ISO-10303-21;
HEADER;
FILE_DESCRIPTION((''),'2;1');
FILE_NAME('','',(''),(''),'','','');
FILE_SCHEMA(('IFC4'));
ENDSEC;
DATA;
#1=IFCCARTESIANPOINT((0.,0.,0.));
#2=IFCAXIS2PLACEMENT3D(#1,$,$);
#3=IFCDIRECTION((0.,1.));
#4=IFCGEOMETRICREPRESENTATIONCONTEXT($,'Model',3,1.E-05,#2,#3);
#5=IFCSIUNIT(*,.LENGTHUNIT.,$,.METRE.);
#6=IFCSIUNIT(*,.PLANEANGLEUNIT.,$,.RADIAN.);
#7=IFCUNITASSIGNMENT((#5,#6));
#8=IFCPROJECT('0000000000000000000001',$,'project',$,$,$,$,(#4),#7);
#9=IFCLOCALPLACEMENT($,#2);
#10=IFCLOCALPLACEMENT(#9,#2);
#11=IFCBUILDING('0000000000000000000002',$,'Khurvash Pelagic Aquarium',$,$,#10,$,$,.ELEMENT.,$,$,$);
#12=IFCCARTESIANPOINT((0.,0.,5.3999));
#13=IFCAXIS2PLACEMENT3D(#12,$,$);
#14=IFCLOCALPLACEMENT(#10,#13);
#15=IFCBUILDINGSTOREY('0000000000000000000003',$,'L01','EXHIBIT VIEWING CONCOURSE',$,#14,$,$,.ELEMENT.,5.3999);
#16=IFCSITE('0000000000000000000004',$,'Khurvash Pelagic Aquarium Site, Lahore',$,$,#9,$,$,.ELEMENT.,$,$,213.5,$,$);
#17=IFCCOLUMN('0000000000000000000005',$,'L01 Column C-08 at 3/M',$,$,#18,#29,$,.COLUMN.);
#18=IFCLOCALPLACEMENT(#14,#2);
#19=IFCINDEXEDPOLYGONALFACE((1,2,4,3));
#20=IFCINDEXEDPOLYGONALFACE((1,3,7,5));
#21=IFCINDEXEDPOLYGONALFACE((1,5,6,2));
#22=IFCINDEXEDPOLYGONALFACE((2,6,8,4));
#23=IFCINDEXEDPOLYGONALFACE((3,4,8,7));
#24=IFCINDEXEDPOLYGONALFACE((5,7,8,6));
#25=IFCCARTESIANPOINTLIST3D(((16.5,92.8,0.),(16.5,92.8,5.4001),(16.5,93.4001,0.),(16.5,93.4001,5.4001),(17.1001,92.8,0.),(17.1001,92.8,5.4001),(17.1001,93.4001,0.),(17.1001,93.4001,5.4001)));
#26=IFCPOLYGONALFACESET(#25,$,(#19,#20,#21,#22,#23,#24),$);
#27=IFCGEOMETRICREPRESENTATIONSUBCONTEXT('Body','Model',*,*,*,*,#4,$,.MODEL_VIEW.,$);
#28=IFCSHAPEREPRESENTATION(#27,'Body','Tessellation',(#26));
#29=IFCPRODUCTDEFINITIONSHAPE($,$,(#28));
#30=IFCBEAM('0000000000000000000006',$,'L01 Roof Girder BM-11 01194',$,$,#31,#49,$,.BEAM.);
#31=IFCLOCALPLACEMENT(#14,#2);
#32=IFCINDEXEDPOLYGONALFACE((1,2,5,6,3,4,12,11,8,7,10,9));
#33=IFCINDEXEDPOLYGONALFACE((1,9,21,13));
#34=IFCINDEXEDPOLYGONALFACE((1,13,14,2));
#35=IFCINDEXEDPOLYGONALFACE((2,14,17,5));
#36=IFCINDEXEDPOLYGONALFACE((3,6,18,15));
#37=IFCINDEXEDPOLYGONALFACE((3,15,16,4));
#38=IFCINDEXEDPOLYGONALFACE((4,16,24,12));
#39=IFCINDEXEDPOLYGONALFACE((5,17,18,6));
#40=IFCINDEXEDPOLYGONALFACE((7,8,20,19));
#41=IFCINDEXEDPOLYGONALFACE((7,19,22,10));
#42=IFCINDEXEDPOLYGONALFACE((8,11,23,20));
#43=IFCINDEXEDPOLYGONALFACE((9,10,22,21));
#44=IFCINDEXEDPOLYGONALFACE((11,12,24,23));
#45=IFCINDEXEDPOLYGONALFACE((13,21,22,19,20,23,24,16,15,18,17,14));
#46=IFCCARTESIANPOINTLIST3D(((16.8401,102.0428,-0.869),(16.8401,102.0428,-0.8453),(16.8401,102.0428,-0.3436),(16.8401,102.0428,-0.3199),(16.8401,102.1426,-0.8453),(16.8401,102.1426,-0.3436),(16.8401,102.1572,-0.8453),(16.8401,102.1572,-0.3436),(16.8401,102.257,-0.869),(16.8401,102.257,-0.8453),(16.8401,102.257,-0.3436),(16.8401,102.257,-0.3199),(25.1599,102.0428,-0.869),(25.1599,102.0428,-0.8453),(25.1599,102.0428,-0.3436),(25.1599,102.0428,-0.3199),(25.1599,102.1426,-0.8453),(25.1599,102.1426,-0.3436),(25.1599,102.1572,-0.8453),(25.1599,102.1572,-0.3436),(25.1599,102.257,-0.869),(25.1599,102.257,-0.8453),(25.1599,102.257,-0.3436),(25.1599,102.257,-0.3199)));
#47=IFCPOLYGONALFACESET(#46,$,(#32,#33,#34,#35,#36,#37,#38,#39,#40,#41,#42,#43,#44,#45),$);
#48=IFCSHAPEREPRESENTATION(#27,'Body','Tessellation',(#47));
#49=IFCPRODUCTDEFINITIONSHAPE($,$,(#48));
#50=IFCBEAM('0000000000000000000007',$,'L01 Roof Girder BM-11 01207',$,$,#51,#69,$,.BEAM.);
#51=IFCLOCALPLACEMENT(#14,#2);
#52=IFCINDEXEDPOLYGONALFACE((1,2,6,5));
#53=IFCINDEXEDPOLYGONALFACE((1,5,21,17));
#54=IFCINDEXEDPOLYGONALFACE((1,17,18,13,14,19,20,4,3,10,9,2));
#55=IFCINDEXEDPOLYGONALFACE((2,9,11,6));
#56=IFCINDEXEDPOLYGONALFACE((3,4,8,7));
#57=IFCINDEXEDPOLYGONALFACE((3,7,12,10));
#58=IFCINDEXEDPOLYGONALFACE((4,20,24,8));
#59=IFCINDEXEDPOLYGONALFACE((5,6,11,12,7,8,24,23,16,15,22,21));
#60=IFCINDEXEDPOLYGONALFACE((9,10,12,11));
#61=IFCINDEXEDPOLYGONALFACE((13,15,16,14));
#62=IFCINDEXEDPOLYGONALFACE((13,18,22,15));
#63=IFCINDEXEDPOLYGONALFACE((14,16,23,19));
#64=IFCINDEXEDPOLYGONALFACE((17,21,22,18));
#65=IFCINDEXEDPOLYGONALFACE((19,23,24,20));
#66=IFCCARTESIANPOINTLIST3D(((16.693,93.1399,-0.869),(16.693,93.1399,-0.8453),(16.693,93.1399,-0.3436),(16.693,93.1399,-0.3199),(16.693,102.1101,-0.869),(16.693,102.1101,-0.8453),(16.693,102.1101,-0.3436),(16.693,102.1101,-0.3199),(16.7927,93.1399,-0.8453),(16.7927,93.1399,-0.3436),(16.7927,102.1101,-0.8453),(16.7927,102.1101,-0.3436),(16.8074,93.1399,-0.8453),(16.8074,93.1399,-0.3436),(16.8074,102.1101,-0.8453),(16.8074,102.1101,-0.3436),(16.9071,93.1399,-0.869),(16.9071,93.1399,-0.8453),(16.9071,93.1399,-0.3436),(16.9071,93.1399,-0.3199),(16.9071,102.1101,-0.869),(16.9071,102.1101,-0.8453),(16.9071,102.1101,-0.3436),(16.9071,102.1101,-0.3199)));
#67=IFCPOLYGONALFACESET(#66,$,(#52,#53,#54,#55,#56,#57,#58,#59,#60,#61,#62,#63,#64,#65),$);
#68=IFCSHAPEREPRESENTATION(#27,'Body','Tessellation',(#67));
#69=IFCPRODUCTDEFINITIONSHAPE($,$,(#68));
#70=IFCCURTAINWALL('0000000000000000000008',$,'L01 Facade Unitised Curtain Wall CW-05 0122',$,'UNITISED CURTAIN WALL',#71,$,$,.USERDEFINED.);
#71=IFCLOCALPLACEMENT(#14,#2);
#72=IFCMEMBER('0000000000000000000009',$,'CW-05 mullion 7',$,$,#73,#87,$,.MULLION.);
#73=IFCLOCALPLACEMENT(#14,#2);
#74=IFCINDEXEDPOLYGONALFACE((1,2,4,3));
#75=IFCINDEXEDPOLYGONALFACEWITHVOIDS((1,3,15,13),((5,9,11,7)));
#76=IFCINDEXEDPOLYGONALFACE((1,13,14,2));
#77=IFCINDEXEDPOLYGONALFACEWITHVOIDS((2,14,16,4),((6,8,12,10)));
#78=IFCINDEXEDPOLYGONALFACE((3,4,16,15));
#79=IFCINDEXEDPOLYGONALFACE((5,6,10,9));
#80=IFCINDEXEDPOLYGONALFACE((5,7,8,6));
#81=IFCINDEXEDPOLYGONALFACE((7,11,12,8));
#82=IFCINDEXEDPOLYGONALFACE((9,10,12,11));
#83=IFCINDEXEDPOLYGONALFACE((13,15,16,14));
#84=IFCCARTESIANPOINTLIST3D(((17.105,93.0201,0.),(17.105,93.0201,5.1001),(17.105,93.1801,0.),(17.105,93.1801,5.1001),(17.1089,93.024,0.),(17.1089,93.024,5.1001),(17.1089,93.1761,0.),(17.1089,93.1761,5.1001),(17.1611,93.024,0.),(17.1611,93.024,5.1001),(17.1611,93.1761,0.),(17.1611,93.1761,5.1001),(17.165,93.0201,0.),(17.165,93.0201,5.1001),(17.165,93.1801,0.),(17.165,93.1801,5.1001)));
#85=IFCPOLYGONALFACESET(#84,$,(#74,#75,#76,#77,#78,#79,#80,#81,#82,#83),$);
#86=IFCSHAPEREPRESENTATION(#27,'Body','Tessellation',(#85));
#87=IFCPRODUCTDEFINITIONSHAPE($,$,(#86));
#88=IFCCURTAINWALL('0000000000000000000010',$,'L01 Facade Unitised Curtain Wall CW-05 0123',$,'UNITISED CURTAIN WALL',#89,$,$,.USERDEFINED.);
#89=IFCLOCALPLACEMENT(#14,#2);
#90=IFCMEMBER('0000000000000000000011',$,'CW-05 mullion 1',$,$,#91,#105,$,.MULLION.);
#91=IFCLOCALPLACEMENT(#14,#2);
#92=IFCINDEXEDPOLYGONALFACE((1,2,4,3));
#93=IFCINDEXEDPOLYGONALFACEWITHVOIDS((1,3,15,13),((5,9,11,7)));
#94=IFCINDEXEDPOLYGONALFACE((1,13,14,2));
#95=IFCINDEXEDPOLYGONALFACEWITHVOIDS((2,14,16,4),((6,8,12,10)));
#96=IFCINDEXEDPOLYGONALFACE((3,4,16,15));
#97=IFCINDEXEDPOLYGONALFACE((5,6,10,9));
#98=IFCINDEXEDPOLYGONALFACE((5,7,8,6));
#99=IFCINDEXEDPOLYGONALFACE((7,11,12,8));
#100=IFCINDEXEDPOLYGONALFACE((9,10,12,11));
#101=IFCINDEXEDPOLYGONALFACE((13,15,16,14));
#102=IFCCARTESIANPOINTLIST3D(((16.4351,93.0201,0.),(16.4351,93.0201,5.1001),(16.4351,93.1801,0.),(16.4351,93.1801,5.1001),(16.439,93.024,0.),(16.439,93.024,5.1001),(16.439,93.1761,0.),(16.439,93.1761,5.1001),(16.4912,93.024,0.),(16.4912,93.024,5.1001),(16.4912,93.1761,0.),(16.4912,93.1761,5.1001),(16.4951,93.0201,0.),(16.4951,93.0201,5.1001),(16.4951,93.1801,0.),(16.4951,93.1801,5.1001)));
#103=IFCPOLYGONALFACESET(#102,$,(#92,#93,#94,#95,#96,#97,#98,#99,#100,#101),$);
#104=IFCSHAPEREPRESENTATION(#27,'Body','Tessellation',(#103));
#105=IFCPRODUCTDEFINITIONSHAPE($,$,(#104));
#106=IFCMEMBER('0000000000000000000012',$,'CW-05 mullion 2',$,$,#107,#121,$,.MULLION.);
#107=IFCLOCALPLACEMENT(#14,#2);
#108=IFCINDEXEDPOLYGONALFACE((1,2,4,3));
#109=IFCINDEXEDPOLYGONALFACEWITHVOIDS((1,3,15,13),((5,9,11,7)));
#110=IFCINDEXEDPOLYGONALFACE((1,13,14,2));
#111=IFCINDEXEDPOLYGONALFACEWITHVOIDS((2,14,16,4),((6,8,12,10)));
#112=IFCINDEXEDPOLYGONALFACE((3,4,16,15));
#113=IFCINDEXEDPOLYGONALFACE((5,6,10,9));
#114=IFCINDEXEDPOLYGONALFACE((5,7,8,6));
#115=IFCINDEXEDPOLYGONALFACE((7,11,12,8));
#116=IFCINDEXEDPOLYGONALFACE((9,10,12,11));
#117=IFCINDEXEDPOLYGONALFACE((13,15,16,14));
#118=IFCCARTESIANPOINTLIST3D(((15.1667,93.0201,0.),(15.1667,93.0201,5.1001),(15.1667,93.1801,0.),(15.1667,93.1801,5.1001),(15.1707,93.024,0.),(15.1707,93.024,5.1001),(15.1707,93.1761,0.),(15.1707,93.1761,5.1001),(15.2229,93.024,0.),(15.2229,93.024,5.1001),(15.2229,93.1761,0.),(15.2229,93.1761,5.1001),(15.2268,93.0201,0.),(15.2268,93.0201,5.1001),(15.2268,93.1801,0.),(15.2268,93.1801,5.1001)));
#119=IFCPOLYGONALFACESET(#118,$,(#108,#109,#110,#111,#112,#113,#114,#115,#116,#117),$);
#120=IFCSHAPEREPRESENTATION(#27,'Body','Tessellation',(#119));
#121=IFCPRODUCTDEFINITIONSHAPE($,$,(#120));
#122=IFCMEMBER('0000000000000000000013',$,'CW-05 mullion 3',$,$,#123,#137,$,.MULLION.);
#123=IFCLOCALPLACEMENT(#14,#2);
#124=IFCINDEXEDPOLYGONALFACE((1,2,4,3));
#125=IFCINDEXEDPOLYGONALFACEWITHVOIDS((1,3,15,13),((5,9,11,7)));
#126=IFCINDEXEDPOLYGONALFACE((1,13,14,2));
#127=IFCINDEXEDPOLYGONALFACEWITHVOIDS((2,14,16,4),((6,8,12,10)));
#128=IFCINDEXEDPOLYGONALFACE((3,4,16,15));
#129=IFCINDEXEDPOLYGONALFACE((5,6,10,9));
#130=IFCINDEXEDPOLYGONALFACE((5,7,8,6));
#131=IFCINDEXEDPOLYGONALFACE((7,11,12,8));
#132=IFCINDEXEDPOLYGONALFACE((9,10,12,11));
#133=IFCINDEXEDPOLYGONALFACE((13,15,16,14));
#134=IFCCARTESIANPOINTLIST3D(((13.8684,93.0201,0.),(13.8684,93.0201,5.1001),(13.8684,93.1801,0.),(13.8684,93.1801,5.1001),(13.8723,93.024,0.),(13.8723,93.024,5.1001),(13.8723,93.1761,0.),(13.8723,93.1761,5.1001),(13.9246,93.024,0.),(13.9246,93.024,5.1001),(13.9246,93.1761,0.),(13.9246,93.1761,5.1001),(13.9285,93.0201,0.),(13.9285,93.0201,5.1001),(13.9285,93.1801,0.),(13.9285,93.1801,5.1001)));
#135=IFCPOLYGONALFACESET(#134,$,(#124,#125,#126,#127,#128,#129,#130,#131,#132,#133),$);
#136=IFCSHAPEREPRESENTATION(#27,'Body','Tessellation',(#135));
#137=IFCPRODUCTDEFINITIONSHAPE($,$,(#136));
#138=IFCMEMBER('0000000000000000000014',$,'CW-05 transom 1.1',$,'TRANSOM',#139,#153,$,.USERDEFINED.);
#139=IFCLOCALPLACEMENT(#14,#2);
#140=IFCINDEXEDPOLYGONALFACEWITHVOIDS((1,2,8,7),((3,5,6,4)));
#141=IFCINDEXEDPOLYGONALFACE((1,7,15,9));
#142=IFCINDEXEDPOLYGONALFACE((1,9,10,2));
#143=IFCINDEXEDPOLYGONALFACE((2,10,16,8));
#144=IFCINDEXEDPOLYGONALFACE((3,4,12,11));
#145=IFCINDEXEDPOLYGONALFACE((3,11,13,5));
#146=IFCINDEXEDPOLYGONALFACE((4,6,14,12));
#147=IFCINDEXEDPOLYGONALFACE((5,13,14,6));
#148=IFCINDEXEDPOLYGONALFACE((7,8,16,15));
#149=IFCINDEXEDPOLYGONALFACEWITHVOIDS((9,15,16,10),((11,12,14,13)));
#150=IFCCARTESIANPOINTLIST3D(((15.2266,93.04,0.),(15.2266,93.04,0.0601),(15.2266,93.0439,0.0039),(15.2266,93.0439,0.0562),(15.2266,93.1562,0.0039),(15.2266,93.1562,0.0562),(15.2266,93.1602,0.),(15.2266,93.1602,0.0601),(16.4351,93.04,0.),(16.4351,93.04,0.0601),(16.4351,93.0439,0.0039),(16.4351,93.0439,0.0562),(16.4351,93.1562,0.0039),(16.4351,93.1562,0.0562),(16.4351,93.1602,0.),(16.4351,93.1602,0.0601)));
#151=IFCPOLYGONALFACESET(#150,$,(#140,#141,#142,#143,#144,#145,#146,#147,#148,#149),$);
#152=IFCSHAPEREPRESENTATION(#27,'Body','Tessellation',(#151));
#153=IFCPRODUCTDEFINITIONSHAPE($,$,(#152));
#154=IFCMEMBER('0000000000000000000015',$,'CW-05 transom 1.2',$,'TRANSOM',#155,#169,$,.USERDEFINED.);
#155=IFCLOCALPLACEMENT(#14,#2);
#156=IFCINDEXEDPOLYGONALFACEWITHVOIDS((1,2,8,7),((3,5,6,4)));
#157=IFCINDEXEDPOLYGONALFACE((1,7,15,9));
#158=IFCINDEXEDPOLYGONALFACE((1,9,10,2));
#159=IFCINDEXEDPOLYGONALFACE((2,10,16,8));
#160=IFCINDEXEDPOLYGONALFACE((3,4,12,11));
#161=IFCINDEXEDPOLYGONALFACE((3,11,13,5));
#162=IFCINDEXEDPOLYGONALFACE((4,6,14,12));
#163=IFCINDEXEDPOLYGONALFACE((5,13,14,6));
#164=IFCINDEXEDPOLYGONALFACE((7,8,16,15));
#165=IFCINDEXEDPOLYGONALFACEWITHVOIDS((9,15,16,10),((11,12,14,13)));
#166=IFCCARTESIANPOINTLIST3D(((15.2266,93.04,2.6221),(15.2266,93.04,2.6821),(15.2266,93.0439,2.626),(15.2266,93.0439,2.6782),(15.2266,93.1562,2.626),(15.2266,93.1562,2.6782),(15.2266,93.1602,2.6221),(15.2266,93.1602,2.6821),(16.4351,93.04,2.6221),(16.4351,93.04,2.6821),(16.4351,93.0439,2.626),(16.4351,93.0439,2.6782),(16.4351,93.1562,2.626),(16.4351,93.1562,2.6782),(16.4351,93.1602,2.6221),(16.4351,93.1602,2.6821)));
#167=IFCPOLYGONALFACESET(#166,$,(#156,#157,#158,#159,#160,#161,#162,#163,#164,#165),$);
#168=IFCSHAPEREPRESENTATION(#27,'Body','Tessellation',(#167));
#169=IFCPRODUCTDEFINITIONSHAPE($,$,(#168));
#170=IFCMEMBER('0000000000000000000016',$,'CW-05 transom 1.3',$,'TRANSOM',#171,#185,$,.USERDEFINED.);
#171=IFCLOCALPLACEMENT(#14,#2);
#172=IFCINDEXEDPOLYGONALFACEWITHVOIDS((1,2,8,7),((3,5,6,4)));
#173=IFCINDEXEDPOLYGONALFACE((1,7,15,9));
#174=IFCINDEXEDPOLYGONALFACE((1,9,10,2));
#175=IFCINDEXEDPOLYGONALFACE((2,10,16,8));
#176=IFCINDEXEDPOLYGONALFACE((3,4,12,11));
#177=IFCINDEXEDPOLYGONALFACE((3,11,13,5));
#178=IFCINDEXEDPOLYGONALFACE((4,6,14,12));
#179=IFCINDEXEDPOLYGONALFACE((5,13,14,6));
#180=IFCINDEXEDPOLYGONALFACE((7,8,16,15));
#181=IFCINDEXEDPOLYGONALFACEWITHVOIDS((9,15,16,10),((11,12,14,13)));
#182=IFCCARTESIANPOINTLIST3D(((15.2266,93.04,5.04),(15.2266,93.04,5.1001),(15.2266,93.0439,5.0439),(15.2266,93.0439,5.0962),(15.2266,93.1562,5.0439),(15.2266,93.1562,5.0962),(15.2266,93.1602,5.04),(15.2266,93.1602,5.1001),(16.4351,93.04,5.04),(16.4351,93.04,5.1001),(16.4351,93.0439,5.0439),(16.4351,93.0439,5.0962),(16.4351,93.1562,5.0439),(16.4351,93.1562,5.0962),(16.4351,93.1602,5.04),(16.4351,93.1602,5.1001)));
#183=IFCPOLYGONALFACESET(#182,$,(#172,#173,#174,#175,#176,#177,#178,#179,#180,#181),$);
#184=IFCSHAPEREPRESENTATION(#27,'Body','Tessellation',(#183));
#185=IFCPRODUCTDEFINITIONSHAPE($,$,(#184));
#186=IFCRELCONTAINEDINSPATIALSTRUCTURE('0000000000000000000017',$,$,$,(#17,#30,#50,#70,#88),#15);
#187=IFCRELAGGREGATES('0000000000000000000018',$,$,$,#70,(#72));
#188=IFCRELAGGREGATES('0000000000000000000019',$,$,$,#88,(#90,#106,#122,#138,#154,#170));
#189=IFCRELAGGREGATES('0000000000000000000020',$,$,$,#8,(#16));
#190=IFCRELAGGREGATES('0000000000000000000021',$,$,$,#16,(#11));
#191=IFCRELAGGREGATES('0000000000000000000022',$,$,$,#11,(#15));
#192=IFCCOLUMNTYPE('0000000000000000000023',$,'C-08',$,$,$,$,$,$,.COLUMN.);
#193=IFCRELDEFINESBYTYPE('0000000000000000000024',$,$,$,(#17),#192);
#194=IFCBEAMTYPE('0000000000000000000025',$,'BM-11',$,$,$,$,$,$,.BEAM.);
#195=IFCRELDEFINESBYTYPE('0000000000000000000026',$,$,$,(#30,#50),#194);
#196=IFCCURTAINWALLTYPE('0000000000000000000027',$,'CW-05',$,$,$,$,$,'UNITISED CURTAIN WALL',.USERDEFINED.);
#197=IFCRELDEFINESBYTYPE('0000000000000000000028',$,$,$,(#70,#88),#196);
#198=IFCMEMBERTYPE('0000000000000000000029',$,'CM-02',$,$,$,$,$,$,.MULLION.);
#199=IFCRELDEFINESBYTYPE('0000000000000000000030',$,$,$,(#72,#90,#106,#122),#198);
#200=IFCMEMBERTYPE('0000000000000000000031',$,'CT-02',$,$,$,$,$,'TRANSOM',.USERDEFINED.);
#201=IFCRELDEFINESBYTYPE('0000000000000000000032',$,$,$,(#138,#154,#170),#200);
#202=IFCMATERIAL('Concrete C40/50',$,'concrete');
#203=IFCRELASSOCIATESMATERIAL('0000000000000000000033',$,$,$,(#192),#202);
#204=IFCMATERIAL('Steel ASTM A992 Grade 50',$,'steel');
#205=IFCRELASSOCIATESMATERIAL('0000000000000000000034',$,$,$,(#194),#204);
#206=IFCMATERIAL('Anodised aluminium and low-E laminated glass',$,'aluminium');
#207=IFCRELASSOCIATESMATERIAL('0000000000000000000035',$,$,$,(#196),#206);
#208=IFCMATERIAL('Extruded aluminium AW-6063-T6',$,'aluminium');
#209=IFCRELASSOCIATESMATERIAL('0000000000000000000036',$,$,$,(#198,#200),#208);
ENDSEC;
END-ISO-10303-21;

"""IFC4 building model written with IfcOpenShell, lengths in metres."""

from ifc_helpers import new_model, si_unit, direction, frame, origin, origin_2d, place, context, subcontext, project, spatial, rectangle, hollow_rectangle, i_section, extrude, material, material_profile, profile_set, type_object, element, aggregate, save


model = new_model("IFC4")

# Units and contexts
model_context = context("Model", 3, precision=1e-05, world=origin(), true_north=direction((0.0, 1.0)))
body_context = subcontext(model_context, "Body", "Model", "MODEL_VIEW")
ifc_project = project(units=[si_unit("LENGTHUNIT", "METRE"), si_unit("PLANEANGLEUNIT", "RADIAN")], contexts=[model_context])

# Site, building, storey
site_placement = place(None, origin())
site = spatial("IfcSite", under=ifc_project, at=site_placement, Name="Khurvash Pelagic Aquarium Site, Lahore", CompositionType="ELEMENT", RefElevation=213.5)
building_placement = place(site_placement, origin())
building = spatial("IfcBuilding", under=site, at=building_placement, Name="Khurvash Pelagic Aquarium", CompositionType="ELEMENT")
storey_placement = place(building_placement, frame((0.0, 0.0, 5.3999)))
storey = spatial("IfcBuildingStorey", under=building, at=storey_placement, Name="L01", Description="EXHIBIT VIEWING CONCOURSE", CompositionType="ELEMENT", Elevation=5.3999)

# Column
ifc_material_1 = material(Name="Concrete C40/50", Category="concrete")
ifc_material_profile_1 = material_profile(ifc_material_1, rectangle(XDim=0.6001, YDim=0.6001, at=origin_2d()), Name="RC600X600")
ifc_profile_set_1 = profile_set([ifc_material_profile_1], Name="Concrete C40/50")
column_type = type_object("IfcColumnType", Name="C-08", PredefinedType="COLUMN", material=ifc_profile_set_1)
column_placement = place(storey_placement, frame((16.8, 93.1001, 0.0), z_axis=(0.0, 0.0, 1.0), x_axis=(1.0, 0.0, 0.0)))
element("IfcColumn", 1, at=column_placement, inside=storey, type_object=column_type, Name="L01 Column C-08 at 3/M", PredefinedType="COLUMN", context=body_context, shape_type="SweptSolid", body=[
    extrude(rectangle(XDim=0.6001, YDim=0.6001, at=origin_2d()), origin(), (0.0, 0.0, 1.0), 5.4001),
])

# Beams
ifc_material_2 = material(Name="Steel ASTM A992 Grade 50", Category="steel")
ifc_material_profile_2 = material_profile(ifc_material_2, i_section(OverallWidth=0.2141, OverallDepth=0.5491, WebThickness=0.0146, FlangeThickness=0.0237, at=origin_2d()), Name="W21X93")
ifc_profile_set_2 = profile_set([ifc_material_profile_2], Name="Steel ASTM A992 Grade 50")
beam_type_1 = type_object("IfcBeamType", Name="BM-11", PredefinedType="BEAM", material=ifc_profile_set_2)
beam_1_placement = place(storey_placement, frame((16.8401, 102.1499, -0.5945), z_axis=(1.0, 0.0, 0.0), x_axis=(0.0, 1.0, 0.0)))
element("IfcBeam", 2, at=beam_1_placement, inside=storey, type_object=beam_type_1, Name="L01 Roof Girder BM-11 01194", PredefinedType="BEAM", context=body_context, shape_type="SweptSolid", body=[
    extrude(i_section(OverallWidth=0.2141, OverallDepth=0.5491, WebThickness=0.0146, FlangeThickness=0.0237, at=origin_2d()), origin(), (0.0, 0.0, 1.0), 8.3198),
])
beam_2_placement = place(storey_placement, frame((16.8, 93.1399, -0.5945), z_axis=(0.0, 1.0, 0.0), x_axis=(-1.0, 0.0, 0.0)))
element("IfcBeam", 3, at=beam_2_placement, inside=storey, type_object=beam_type_1, Name="L01 Roof Girder BM-11 01207", PredefinedType="BEAM", context=body_context, shape_type="SweptSolid", body=[
    extrude(i_section(OverallWidth=0.2141, OverallDepth=0.5491, WebThickness=0.0146, FlangeThickness=0.0237, at=origin_2d()), origin(), (0.0, 0.0, 1.0), 8.9702),
])

# Curtain wall, member
ifc_material_3 = material(Name="Anodised aluminium and low-E laminated glass", Category="aluminium")
curtain_wall_type = type_object("IfcCurtainWallType", Name="CW-05", ElementType="UNITISED CURTAIN WALL", PredefinedType="USERDEFINED", material=ifc_material_3)
curtain_wall_1_placement = place(storey_placement, origin())
curtain_wall_1 = element("IfcCurtainWall", 4, at=curtain_wall_1_placement, inside=storey, type_object=curtain_wall_type, Name="L01 Facade Unitised Curtain Wall CW-05 0122", ObjectType="UNITISED CURTAIN WALL", PredefinedType="USERDEFINED")
ifc_material_4 = material(Name="Extruded aluminium AW-6063-T6", Category="aluminium")
ifc_material_profile_3 = material_profile(ifc_material_4, hollow_rectangle(XDim=0.0601, YDim=0.1599, WallThickness=0.0039, at=origin_2d()), Name="CWM60X160X4")
ifc_profile_set_3 = profile_set([ifc_material_profile_3], Name="Extruded aluminium AW-6063-T6")
member_type_1 = type_object("IfcMemberType", Name="CM-02", PredefinedType="MULLION", material=ifc_profile_set_3)
member_1_placement = place(storey_placement, frame((17.135, 93.1001, 0.0), z_axis=(0.0, 0.0, 1.0), x_axis=(-1.0, 0.0, 0.0)))
member_1 = element("IfcMember", 5, at=member_1_placement, type_object=member_type_1, Name="CW-05 mullion 7", PredefinedType="MULLION", context=body_context, shape_type="SweptSolid", body=[
    extrude(hollow_rectangle(XDim=0.0601, YDim=0.1599, WallThickness=0.0039, at=origin_2d()), origin(), (0.0, 0.0, 1.0), 5.1001),
])

# Curtain wall, members
curtain_wall_2_placement = place(storey_placement, origin())
curtain_wall_2 = element("IfcCurtainWall", 6, at=curtain_wall_2_placement, inside=storey, type_object=curtain_wall_type, Name="L01 Facade Unitised Curtain Wall CW-05 0123", ObjectType="UNITISED CURTAIN WALL", PredefinedType="USERDEFINED")
member_2_placement = place(storey_placement, frame((16.4651, 93.1001, 0.0), z_axis=(0.0, 0.0, 1.0), x_axis=(-1.0, 0.0, 0.0)))
member_2 = element("IfcMember", 7, at=member_2_placement, type_object=member_type_1, Name="CW-05 mullion 1", PredefinedType="MULLION", context=body_context, shape_type="SweptSolid", body=[
    extrude(hollow_rectangle(XDim=0.0601, YDim=0.1599, WallThickness=0.0039, at=origin_2d()), origin(), (0.0, 0.0, 1.0), 5.1001),
])
member_3_placement = place(storey_placement, frame((15.1968, 93.1001, 0.0), z_axis=(0.0, 0.0, 1.0), x_axis=(-1.0, 0.0, 0.0)))
member_3 = element("IfcMember", 8, at=member_3_placement, type_object=member_type_1, Name="CW-05 mullion 2", PredefinedType="MULLION", context=body_context, shape_type="SweptSolid", body=[
    extrude(hollow_rectangle(XDim=0.0601, YDim=0.1599, WallThickness=0.0039, at=origin_2d()), origin(), (0.0, 0.0, 1.0), 5.1001),
])
member_4_placement = place(storey_placement, frame((13.8984, 93.1001, 0.0), z_axis=(0.0, 0.0, 1.0), x_axis=(-1.0, 0.0, 0.0)))
member_4 = element("IfcMember", 9, at=member_4_placement, type_object=member_type_1, Name="CW-05 mullion 3", PredefinedType="MULLION", context=body_context, shape_type="SweptSolid", body=[
    extrude(hollow_rectangle(XDim=0.0601, YDim=0.1599, WallThickness=0.0039, at=origin_2d()), origin(), (0.0, 0.0, 1.0), 5.1001),
])
ifc_material_profile_4 = material_profile(ifc_material_4, hollow_rectangle(XDim=0.1201, YDim=0.0601, WallThickness=0.0039, at=origin_2d()), Name="CWT120X60X4")
ifc_profile_set_4 = profile_set([ifc_material_profile_4], Name="Extruded aluminium AW-6063-T6")
member_type_2 = type_object("IfcMemberType", Name="CT-02", ElementType="TRANSOM", PredefinedType="USERDEFINED", material=ifc_profile_set_4)
member_5_placement = place(storey_placement, frame((16.4351, 93.1001, 0.03), z_axis=(-1.0, 0.0, 0.0), x_axis=(0.0, -1.0, 0.0)))
member_5 = element("IfcMember", 10, at=member_5_placement, type_object=member_type_2, Name="CW-05 transom 1.1", ObjectType="TRANSOM", PredefinedType="USERDEFINED", context=body_context, shape_type="SweptSolid", body=[
    extrude(hollow_rectangle(XDim=0.1201, YDim=0.0601, WallThickness=0.0039, at=origin_2d()), origin(), (0.0, 0.0, 1.0), 1.2085),
])
member_6_placement = place(storey_placement, frame((16.4351, 93.1001, 2.6521), z_axis=(-1.0, 0.0, 0.0), x_axis=(0.0, -1.0, 0.0)))
member_6 = element("IfcMember", 11, at=member_6_placement, type_object=member_type_2, Name="CW-05 transom 1.2", ObjectType="TRANSOM", PredefinedType="USERDEFINED", context=body_context, shape_type="SweptSolid", body=[
    extrude(hollow_rectangle(XDim=0.1201, YDim=0.0601, WallThickness=0.0039, at=origin_2d()), origin(), (0.0, 0.0, 1.0), 1.2085),
])
member_7_placement = place(storey_placement, frame((16.4351, 93.1001, 5.0701), z_axis=(-1.0, 0.0, 0.0), x_axis=(0.0, -1.0, 0.0)))
member_7 = element("IfcMember", 12, at=member_7_placement, type_object=member_type_2, Name="CW-05 transom 1.3", ObjectType="TRANSOM", PredefinedType="USERDEFINED", context=body_context, shape_type="SweptSolid", body=[
    extrude(hollow_rectangle(XDim=0.1201, YDim=0.0601, WallThickness=0.0039, at=origin_2d()), origin(), (0.0, 0.0, 1.0), 1.2085),
])

aggregate(curtain_wall_1, [member_1])
aggregate(curtain_wall_2, [member_2, member_3, member_4, member_5, member_6, member_7])

save(model, "model.ifc")
